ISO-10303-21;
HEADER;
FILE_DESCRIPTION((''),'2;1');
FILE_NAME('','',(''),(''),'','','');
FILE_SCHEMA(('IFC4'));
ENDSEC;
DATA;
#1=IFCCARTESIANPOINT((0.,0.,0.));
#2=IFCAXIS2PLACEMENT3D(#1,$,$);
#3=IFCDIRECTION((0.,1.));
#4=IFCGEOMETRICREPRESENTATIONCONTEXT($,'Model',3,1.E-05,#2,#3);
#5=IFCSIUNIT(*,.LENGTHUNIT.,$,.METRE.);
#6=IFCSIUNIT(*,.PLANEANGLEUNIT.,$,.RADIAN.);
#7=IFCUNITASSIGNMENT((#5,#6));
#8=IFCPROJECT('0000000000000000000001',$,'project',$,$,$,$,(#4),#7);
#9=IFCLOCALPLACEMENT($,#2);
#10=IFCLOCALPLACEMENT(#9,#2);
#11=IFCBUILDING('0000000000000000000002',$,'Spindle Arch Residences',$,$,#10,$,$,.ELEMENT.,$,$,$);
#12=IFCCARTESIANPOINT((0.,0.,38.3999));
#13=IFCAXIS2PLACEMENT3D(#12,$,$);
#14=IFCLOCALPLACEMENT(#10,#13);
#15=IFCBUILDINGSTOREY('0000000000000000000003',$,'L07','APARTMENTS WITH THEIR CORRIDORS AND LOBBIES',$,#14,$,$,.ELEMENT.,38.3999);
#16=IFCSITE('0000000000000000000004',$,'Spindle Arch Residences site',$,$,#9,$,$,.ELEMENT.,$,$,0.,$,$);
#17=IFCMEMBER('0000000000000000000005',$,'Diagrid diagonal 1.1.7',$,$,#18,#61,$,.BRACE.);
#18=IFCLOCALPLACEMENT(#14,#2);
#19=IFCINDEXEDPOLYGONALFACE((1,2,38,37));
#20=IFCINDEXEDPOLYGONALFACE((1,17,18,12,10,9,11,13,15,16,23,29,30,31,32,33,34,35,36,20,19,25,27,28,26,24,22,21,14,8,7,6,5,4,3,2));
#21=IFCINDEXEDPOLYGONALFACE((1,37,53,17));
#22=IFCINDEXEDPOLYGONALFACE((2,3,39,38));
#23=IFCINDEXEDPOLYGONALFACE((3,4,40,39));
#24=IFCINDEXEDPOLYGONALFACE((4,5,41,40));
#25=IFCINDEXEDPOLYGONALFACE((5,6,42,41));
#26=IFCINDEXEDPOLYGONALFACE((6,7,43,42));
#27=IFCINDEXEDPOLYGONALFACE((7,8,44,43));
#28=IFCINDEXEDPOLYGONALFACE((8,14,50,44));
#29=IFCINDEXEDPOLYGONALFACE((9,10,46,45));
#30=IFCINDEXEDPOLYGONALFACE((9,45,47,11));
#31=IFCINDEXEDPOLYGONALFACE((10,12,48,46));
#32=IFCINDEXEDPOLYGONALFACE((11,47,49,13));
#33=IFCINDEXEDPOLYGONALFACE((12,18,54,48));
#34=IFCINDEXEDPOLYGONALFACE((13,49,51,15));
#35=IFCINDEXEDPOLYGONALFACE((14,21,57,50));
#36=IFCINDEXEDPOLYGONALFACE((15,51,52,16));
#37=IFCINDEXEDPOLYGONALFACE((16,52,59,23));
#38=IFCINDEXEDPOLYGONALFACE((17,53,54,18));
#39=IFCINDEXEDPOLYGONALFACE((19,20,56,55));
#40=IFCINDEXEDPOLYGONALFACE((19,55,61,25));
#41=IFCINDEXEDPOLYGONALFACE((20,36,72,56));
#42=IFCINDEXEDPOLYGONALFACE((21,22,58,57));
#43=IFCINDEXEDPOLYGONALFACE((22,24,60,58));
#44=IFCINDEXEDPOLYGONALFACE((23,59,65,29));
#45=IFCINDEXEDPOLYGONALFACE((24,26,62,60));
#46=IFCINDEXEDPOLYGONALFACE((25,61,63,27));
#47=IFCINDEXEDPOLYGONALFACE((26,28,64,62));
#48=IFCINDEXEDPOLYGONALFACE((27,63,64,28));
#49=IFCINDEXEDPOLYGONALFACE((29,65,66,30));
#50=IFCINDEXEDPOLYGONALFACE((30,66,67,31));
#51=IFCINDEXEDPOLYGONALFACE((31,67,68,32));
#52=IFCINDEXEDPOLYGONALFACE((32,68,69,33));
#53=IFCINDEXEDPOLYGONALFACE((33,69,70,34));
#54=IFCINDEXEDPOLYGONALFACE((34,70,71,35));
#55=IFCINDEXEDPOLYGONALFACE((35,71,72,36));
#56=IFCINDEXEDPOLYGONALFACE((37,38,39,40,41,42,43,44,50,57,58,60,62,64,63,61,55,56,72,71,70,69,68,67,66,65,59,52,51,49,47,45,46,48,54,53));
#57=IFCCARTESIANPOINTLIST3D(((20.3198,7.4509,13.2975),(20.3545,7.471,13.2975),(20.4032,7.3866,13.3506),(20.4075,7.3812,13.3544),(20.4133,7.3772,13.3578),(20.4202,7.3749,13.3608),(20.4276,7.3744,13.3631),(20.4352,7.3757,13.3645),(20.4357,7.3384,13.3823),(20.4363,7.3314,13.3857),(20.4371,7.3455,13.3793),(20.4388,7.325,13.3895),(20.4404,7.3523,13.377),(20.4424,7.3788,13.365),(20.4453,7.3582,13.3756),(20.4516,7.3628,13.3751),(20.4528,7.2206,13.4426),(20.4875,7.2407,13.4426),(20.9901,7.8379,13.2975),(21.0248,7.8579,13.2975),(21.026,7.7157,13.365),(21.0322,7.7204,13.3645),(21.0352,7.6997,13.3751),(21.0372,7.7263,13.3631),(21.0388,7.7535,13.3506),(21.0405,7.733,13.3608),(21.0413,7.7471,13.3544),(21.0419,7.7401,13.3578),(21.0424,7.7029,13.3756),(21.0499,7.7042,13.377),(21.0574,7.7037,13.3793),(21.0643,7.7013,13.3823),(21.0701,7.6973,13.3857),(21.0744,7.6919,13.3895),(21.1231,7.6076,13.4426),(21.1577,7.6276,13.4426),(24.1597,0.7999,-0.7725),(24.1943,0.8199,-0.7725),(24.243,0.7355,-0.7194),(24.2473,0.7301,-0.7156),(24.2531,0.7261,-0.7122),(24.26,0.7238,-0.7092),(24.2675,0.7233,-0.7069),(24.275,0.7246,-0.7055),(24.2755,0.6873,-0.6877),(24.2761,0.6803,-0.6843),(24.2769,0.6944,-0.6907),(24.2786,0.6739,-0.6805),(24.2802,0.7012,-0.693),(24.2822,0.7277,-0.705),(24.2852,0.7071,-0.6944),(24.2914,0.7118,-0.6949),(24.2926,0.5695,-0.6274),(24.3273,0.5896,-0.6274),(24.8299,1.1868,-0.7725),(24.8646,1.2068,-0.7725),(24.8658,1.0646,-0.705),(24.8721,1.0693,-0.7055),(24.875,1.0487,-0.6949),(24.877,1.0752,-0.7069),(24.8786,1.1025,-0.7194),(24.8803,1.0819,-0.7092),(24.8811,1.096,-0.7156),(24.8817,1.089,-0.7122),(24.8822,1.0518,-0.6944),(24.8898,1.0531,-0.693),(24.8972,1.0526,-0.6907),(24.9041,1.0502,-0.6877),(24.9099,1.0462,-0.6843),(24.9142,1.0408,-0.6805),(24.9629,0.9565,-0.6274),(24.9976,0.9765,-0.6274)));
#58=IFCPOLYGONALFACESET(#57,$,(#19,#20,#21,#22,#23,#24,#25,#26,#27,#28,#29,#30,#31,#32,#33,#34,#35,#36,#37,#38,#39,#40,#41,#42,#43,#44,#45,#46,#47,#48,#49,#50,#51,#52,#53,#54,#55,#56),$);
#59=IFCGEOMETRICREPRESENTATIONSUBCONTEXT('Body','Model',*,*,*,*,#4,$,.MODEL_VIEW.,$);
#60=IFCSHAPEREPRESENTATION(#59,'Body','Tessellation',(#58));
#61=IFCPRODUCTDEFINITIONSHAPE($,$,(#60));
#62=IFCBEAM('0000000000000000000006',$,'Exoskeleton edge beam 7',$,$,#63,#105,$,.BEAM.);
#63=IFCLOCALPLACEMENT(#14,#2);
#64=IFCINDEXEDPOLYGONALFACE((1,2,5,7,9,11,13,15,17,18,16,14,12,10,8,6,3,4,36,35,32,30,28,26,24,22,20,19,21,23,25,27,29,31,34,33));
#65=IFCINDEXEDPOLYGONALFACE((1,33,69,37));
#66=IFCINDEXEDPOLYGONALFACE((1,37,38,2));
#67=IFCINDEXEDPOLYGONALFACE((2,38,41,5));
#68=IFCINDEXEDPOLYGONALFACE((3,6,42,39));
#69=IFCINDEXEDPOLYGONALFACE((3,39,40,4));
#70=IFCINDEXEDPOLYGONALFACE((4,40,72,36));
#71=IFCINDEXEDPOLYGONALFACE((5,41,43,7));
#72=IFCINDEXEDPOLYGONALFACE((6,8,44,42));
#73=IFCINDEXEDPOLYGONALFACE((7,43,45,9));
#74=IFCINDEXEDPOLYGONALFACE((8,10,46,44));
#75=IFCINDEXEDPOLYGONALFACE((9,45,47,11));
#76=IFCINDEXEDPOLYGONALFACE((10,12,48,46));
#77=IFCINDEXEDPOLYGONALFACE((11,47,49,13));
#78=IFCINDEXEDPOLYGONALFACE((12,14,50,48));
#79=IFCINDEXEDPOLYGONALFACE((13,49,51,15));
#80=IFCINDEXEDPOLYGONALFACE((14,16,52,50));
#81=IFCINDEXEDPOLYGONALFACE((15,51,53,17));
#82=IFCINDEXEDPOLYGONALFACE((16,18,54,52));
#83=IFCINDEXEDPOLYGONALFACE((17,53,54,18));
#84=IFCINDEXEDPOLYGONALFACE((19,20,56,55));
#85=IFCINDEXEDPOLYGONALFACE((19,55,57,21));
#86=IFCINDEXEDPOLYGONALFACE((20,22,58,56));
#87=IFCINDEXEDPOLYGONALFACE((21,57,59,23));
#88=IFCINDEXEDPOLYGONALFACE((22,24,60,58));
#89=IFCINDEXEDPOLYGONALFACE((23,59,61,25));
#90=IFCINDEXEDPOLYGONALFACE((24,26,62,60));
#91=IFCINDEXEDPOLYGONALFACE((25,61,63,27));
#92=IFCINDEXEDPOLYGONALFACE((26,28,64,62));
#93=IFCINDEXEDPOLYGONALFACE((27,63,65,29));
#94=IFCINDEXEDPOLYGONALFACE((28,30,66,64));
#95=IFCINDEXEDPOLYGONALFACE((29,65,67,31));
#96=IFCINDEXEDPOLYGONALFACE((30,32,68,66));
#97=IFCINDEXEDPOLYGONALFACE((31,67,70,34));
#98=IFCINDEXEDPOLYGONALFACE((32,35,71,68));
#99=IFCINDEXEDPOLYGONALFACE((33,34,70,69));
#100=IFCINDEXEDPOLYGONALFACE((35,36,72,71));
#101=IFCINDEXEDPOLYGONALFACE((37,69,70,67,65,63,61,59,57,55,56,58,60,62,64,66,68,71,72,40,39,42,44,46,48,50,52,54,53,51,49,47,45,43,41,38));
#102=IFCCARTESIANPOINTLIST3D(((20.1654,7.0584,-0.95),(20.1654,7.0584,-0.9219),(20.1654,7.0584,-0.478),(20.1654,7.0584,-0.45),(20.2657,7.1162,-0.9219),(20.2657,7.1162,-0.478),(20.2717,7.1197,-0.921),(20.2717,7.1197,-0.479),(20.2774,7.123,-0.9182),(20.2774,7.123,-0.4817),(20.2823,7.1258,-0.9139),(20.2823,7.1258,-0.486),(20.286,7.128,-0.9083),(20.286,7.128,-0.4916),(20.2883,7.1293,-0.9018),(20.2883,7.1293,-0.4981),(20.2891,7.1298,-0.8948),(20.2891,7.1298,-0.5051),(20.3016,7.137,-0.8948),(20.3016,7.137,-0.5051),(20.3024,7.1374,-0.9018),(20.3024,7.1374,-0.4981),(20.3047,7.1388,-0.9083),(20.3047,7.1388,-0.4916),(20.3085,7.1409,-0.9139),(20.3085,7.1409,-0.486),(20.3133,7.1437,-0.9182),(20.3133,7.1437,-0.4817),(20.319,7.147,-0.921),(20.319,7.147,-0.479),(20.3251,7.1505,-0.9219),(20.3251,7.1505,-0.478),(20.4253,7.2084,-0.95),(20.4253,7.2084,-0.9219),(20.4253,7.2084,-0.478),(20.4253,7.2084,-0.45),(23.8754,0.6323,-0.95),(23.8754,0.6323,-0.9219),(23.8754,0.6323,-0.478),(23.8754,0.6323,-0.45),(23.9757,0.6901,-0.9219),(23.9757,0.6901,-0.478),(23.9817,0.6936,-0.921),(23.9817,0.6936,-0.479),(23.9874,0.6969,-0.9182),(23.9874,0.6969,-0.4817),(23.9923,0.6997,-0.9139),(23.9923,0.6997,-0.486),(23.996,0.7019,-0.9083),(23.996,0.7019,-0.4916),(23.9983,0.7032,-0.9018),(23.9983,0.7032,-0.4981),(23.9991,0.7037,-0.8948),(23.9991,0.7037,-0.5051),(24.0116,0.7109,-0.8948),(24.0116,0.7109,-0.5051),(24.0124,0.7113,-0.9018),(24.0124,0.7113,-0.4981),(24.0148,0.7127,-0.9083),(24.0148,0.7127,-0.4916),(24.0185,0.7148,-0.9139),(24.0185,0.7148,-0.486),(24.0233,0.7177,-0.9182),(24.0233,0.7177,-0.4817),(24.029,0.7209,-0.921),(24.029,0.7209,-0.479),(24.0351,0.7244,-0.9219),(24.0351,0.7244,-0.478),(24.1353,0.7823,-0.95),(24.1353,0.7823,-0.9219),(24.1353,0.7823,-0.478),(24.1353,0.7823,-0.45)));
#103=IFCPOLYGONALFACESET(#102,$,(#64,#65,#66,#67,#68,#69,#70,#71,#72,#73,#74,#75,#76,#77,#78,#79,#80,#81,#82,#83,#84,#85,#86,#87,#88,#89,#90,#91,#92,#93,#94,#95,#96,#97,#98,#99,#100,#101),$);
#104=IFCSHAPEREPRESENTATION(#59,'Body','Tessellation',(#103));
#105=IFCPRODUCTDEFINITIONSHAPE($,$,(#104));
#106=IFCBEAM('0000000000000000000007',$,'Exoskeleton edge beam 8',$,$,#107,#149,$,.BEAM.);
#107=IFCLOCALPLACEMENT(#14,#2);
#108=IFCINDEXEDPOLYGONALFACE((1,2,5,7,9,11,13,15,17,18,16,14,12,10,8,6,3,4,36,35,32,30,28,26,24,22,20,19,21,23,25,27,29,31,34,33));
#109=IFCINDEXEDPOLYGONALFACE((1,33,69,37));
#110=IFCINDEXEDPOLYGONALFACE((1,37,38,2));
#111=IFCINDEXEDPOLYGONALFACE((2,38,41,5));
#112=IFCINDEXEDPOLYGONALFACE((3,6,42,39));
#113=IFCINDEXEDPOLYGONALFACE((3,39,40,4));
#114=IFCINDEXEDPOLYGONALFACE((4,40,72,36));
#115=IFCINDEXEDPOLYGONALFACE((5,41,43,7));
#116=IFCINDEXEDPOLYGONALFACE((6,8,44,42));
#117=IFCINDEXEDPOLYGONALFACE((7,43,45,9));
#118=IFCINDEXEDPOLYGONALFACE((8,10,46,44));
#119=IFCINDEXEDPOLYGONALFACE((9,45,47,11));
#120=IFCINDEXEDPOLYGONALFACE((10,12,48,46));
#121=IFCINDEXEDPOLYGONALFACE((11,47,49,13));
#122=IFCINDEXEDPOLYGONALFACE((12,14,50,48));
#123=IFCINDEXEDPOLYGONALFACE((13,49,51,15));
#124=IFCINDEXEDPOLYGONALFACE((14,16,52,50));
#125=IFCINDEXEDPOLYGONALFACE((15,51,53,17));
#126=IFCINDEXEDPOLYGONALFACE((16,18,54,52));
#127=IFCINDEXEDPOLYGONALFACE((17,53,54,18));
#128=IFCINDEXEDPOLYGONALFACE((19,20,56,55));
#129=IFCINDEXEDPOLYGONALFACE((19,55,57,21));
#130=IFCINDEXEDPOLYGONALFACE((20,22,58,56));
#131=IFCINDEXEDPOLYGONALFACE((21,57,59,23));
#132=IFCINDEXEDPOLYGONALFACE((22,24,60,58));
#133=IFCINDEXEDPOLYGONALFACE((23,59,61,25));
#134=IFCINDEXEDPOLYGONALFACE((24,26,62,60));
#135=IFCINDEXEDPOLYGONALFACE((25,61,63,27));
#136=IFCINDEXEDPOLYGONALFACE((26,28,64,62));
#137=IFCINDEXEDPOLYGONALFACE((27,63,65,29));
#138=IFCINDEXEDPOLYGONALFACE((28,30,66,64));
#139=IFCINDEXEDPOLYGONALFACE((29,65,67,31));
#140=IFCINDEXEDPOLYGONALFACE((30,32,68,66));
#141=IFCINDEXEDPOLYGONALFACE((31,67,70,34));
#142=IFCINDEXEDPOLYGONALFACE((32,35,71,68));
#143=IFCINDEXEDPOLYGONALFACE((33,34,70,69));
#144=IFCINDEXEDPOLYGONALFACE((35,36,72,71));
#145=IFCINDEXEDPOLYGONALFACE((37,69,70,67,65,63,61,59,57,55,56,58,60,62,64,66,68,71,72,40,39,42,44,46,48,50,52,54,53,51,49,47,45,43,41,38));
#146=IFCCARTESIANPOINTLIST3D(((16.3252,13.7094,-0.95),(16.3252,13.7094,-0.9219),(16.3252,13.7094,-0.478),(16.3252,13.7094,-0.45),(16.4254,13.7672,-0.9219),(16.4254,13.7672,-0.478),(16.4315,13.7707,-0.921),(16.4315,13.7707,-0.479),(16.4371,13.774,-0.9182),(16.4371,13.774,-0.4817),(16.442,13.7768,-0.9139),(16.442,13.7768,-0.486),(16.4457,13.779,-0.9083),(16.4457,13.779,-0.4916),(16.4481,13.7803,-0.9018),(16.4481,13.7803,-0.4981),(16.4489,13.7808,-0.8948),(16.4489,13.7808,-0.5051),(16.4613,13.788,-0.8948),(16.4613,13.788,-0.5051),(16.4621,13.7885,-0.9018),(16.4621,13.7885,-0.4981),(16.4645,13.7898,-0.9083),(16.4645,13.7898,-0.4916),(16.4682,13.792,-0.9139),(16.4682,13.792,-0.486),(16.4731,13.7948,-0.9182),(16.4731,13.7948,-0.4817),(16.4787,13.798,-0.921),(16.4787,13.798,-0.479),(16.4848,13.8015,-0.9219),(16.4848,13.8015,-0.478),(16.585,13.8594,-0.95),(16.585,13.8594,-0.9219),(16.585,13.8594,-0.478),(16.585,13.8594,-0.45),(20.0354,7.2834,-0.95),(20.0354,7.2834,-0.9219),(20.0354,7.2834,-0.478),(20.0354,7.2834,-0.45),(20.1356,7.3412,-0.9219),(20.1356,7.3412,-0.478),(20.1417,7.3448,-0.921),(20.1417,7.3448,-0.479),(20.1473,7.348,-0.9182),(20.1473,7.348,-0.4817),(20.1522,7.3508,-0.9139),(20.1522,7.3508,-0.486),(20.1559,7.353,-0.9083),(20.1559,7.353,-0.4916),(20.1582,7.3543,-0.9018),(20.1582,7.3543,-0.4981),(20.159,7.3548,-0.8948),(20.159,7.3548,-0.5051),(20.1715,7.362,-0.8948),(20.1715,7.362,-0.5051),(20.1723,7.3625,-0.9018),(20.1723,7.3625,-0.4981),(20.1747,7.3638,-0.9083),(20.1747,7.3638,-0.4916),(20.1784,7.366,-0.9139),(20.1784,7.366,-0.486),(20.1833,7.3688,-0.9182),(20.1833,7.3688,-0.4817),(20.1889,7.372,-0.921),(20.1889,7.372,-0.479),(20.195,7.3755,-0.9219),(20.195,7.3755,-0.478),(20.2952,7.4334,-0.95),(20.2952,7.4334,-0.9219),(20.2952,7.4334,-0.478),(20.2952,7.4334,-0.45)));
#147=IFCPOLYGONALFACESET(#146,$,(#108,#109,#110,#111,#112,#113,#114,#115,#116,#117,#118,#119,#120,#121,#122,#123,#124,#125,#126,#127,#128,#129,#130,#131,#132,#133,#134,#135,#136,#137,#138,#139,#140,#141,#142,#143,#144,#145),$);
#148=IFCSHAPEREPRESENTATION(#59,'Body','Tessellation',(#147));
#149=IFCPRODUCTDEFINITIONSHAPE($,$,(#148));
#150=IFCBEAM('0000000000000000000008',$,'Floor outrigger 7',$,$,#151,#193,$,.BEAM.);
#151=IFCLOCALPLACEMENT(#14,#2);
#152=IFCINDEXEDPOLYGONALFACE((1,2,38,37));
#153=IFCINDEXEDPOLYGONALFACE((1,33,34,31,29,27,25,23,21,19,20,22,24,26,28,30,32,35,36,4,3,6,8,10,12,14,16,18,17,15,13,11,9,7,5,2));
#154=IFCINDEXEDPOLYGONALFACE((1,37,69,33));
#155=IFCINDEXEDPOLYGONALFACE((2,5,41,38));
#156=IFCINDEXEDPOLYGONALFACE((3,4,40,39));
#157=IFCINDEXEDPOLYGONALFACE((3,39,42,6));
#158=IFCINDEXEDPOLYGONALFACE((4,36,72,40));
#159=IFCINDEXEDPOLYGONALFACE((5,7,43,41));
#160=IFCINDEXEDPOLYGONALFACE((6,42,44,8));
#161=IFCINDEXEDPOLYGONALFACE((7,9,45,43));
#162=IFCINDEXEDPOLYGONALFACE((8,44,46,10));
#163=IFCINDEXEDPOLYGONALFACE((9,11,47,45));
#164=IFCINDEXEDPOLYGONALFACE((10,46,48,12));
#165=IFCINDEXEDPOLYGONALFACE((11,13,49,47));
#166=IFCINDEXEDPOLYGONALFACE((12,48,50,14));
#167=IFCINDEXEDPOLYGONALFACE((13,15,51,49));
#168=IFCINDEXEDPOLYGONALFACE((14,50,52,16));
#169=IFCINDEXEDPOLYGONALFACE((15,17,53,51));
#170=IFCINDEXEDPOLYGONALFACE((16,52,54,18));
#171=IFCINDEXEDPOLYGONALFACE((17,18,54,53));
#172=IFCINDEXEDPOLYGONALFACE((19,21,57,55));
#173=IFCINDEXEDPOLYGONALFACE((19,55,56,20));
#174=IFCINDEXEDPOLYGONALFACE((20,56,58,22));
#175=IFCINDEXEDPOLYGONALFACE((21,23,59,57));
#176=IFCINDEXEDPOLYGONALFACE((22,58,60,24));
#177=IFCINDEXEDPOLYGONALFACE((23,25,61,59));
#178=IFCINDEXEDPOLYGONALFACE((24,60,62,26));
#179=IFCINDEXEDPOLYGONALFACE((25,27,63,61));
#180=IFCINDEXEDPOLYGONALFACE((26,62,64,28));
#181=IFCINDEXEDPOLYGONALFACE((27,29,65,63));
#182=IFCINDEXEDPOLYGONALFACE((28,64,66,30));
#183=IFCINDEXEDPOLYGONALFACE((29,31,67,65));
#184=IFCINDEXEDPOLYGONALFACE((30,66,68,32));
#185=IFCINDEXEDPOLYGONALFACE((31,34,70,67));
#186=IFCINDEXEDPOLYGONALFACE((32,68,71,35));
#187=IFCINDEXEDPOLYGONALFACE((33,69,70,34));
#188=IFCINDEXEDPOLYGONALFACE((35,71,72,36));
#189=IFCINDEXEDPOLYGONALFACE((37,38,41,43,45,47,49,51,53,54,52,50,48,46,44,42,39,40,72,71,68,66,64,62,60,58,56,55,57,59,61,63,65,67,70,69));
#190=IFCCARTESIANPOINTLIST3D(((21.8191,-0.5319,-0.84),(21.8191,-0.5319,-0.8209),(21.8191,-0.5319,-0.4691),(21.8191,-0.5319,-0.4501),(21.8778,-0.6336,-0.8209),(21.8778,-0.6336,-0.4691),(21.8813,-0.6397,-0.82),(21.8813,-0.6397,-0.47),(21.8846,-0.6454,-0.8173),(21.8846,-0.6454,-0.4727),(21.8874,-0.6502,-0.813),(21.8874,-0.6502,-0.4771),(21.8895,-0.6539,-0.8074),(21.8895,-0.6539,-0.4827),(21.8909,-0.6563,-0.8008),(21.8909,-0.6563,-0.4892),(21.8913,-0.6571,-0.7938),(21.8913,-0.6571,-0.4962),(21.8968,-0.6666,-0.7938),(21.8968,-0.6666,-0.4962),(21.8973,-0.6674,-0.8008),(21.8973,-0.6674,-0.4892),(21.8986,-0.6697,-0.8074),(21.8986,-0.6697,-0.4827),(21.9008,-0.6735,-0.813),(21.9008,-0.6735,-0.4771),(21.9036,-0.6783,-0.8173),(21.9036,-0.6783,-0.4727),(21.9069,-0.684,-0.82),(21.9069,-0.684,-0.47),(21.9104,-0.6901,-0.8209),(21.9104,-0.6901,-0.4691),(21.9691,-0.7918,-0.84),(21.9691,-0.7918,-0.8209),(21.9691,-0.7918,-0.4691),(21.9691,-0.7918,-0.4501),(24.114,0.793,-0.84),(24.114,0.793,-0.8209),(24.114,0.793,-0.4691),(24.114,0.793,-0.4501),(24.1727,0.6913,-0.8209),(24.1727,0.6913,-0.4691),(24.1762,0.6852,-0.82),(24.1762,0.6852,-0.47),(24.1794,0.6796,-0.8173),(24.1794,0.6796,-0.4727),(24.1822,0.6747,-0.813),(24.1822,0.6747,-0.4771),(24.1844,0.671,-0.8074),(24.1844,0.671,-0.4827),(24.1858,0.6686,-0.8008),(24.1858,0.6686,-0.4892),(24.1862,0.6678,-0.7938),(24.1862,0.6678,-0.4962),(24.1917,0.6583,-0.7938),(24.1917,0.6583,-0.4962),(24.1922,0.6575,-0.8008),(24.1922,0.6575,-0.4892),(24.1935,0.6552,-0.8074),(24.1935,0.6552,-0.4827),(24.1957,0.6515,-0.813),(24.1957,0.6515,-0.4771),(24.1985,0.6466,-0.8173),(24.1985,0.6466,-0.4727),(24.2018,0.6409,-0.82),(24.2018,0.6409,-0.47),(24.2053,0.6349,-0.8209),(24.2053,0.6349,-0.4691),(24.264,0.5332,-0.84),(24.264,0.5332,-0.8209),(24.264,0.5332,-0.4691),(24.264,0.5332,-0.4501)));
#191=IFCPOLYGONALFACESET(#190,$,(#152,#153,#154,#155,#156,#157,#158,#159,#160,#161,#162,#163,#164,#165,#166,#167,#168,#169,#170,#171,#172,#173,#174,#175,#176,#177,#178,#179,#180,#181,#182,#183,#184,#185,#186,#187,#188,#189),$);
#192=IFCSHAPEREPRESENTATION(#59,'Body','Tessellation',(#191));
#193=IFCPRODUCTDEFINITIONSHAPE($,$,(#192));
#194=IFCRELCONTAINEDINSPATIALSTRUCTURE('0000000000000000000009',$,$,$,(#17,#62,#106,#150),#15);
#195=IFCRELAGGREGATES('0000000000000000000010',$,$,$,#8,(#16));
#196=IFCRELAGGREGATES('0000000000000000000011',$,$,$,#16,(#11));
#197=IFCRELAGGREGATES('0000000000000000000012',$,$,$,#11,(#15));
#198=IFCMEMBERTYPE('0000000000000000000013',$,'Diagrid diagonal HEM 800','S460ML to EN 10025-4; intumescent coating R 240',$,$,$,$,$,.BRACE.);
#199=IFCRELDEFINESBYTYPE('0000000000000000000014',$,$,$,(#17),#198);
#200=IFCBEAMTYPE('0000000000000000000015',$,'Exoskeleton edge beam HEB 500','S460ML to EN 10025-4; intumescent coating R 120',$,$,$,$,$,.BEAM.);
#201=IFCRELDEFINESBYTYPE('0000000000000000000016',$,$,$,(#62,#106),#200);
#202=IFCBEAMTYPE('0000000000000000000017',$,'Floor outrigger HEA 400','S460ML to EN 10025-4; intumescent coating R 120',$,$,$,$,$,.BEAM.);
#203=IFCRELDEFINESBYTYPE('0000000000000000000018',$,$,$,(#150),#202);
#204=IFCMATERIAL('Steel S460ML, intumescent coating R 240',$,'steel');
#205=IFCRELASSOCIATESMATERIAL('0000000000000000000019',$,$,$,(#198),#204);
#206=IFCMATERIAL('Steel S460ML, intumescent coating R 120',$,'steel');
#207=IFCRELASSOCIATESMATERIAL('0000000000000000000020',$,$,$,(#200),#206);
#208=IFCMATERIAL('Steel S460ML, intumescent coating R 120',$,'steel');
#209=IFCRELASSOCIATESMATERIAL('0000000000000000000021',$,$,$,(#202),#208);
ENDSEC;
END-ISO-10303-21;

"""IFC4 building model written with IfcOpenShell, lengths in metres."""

from ifc_helpers import new_model, si_unit, direction, frame, origin, origin_2d, place, context, subcontext, project, spatial, i_section, extrude, material, material_profile, profile_set, type_object, element, save


model = new_model("IFC4")

# Units and contexts
model_context = context("Model", 3, precision=1e-05, world=origin(), true_north=direction((0.0, 1.0)))
body_context = subcontext(model_context, "Body", "Model", "MODEL_VIEW")
ifc_project = project(units=[si_unit("LENGTHUNIT", "METRE"), si_unit("PLANEANGLEUNIT", "RADIAN")], contexts=[model_context])

# Site, building, storey
site_placement = place(None, origin())
site = spatial("IfcSite", under=ifc_project, at=site_placement, Name="Spindle Arch Residences site", CompositionType="ELEMENT", RefElevation=0.0)
building_placement = place(site_placement, origin())
building = spatial("IfcBuilding", under=site, at=building_placement, Name="Spindle Arch Residences", CompositionType="ELEMENT")
storey_placement = place(building_placement, frame((0.0, 0.0, 38.3999)))
storey = spatial("IfcBuildingStorey", under=building, at=storey_placement, Name="L07", Description="APARTMENTS WITH THEIR CORRIDORS AND LOBBIES", CompositionType="ELEMENT", Elevation=38.3999)

# Member
ifc_material_1 = material(Name="Steel S460ML, intumescent coating R 240", Category="steel")
ifc_material_profile_1 = material_profile(ifc_material_1, i_section(OverallWidth=0.303, OverallDepth=0.814, WebThickness=0.021, FlangeThickness=0.04, FilletRadius=0.03, at=origin_2d()), Name="HEM 800")
ifc_profile_set_1 = profile_set([ifc_material_profile_1], Name="Steel S460ML, intumescent coating R 240")
member_type_1 = type_object("IfcMemberType", Name="Diagrid diagonal HEM 800", Description="S460ML to EN 10025-4; intumescent coating R 240", PredefinedType="BRACE", material=ifc_profile_set_1)
member_1_placement = place(storey_placement, frame((24.5786, 0.8882, -0.7), z_axis=(-0.239547, 0.414927, 0.877754), x_axis=(0.438861, -0.760167, 0.479111)))
element("IfcMember", 1, at=member_1_placement, inside=storey, type_object=member_type_1, Name="Diagrid diagonal 1.1.7", PredefinedType="BRACE", context=body_context, shape_type="SweptSolid", body=[
    extrude(i_section(OverallWidth=0.303, OverallDepth=0.814, WebThickness=0.021, FlangeThickness=0.04, FilletRadius=0.03, at=origin_2d()), origin(), (0.0, 0.0, 1.0), 16.0295),
])

# Beams
ifc_material_2 = material(Name="Steel S460ML, intumescent coating R 120", Category="steel")
ifc_material_profile_2 = material_profile(ifc_material_2, i_section(OverallWidth=0.3, OverallDepth=0.5, WebThickness=0.0144, FlangeThickness=0.0281, FilletRadius=0.0271, at=origin_2d()), Name="HEB 500")
ifc_profile_set_2 = profile_set([ifc_material_profile_2], Name="Steel S460ML, intumescent coating R 120")
beam_type_1 = type_object("IfcBeamType", Name="Exoskeleton edge beam HEB 500", Description="S460ML to EN 10025-4; intumescent coating R 120", PredefinedType="BEAM", material=ifc_profile_set_2)
for number, where, z_axis, x_axis, name in (
    (2, (24.0054, 0.7073, -0.7), (-0.499989, 0.866032, 0.0), (-0.866032, -0.499989, 0.0), "Exoskeleton edge beam 7"),
    (3, (20.1653, 7.3584, -0.7), (-0.500014, 0.866017, 0.0), (-0.866017, -0.500014, 0.0), "Exoskeleton edge beam 8"),
):
    element("IfcBeam", number, at=place(storey_placement, frame(where, z_axis=z_axis, x_axis=x_axis)), inside=storey, type_object=beam_type_1, Name=name, PredefinedType="BEAM", context=body_context, shape_type="SweptSolid", body=[
        extrude(i_section(OverallWidth=0.3, OverallDepth=0.5, WebThickness=0.0144, FlangeThickness=0.0281, FilletRadius=0.0271, at=origin_2d()), origin(), (0.0, 0.0, 1.0), 7.4202),
    ])
ifc_material_3 = material(Name="Steel S460ML, intumescent coating R 120", Category="steel")
ifc_material_profile_3 = material_profile(ifc_material_3, i_section(OverallWidth=0.3, OverallDepth=0.3899, WebThickness=0.011, FlangeThickness=0.019, FilletRadius=0.0271, at=origin_2d()), Name="HEA 400")
ifc_profile_set_3 = profile_set([ifc_material_profile_3], Name="Steel S460ML, intumescent coating R 120")
beam_type_2 = type_object("IfcBeamType", Name="Floor outrigger HEA 400", Description="S460ML to EN 10025-4; intumescent coating R 120", PredefinedType="BEAM", material=ifc_profile_set_3)
beam_1_placement = place(storey_placement, frame((24.189, 0.6631, -0.645), z_axis=(-0.866029, -0.499994, 0.0), x_axis=(0.499994, -0.866029, 0.0)))
element("IfcBeam", 4, at=beam_1_placement, inside=storey, type_object=beam_type_2, Name="Floor outrigger 7", PredefinedType="BEAM", context=body_context, shape_type="SweptSolid", body=[
    extrude(i_section(OverallWidth=0.3, OverallDepth=0.3899, WebThickness=0.011, FlangeThickness=0.019, FilletRadius=0.0271, at=origin_2d()), origin(), (0.0, 0.0, 1.0), 2.6499),
])

save(model, "model.ifc")
